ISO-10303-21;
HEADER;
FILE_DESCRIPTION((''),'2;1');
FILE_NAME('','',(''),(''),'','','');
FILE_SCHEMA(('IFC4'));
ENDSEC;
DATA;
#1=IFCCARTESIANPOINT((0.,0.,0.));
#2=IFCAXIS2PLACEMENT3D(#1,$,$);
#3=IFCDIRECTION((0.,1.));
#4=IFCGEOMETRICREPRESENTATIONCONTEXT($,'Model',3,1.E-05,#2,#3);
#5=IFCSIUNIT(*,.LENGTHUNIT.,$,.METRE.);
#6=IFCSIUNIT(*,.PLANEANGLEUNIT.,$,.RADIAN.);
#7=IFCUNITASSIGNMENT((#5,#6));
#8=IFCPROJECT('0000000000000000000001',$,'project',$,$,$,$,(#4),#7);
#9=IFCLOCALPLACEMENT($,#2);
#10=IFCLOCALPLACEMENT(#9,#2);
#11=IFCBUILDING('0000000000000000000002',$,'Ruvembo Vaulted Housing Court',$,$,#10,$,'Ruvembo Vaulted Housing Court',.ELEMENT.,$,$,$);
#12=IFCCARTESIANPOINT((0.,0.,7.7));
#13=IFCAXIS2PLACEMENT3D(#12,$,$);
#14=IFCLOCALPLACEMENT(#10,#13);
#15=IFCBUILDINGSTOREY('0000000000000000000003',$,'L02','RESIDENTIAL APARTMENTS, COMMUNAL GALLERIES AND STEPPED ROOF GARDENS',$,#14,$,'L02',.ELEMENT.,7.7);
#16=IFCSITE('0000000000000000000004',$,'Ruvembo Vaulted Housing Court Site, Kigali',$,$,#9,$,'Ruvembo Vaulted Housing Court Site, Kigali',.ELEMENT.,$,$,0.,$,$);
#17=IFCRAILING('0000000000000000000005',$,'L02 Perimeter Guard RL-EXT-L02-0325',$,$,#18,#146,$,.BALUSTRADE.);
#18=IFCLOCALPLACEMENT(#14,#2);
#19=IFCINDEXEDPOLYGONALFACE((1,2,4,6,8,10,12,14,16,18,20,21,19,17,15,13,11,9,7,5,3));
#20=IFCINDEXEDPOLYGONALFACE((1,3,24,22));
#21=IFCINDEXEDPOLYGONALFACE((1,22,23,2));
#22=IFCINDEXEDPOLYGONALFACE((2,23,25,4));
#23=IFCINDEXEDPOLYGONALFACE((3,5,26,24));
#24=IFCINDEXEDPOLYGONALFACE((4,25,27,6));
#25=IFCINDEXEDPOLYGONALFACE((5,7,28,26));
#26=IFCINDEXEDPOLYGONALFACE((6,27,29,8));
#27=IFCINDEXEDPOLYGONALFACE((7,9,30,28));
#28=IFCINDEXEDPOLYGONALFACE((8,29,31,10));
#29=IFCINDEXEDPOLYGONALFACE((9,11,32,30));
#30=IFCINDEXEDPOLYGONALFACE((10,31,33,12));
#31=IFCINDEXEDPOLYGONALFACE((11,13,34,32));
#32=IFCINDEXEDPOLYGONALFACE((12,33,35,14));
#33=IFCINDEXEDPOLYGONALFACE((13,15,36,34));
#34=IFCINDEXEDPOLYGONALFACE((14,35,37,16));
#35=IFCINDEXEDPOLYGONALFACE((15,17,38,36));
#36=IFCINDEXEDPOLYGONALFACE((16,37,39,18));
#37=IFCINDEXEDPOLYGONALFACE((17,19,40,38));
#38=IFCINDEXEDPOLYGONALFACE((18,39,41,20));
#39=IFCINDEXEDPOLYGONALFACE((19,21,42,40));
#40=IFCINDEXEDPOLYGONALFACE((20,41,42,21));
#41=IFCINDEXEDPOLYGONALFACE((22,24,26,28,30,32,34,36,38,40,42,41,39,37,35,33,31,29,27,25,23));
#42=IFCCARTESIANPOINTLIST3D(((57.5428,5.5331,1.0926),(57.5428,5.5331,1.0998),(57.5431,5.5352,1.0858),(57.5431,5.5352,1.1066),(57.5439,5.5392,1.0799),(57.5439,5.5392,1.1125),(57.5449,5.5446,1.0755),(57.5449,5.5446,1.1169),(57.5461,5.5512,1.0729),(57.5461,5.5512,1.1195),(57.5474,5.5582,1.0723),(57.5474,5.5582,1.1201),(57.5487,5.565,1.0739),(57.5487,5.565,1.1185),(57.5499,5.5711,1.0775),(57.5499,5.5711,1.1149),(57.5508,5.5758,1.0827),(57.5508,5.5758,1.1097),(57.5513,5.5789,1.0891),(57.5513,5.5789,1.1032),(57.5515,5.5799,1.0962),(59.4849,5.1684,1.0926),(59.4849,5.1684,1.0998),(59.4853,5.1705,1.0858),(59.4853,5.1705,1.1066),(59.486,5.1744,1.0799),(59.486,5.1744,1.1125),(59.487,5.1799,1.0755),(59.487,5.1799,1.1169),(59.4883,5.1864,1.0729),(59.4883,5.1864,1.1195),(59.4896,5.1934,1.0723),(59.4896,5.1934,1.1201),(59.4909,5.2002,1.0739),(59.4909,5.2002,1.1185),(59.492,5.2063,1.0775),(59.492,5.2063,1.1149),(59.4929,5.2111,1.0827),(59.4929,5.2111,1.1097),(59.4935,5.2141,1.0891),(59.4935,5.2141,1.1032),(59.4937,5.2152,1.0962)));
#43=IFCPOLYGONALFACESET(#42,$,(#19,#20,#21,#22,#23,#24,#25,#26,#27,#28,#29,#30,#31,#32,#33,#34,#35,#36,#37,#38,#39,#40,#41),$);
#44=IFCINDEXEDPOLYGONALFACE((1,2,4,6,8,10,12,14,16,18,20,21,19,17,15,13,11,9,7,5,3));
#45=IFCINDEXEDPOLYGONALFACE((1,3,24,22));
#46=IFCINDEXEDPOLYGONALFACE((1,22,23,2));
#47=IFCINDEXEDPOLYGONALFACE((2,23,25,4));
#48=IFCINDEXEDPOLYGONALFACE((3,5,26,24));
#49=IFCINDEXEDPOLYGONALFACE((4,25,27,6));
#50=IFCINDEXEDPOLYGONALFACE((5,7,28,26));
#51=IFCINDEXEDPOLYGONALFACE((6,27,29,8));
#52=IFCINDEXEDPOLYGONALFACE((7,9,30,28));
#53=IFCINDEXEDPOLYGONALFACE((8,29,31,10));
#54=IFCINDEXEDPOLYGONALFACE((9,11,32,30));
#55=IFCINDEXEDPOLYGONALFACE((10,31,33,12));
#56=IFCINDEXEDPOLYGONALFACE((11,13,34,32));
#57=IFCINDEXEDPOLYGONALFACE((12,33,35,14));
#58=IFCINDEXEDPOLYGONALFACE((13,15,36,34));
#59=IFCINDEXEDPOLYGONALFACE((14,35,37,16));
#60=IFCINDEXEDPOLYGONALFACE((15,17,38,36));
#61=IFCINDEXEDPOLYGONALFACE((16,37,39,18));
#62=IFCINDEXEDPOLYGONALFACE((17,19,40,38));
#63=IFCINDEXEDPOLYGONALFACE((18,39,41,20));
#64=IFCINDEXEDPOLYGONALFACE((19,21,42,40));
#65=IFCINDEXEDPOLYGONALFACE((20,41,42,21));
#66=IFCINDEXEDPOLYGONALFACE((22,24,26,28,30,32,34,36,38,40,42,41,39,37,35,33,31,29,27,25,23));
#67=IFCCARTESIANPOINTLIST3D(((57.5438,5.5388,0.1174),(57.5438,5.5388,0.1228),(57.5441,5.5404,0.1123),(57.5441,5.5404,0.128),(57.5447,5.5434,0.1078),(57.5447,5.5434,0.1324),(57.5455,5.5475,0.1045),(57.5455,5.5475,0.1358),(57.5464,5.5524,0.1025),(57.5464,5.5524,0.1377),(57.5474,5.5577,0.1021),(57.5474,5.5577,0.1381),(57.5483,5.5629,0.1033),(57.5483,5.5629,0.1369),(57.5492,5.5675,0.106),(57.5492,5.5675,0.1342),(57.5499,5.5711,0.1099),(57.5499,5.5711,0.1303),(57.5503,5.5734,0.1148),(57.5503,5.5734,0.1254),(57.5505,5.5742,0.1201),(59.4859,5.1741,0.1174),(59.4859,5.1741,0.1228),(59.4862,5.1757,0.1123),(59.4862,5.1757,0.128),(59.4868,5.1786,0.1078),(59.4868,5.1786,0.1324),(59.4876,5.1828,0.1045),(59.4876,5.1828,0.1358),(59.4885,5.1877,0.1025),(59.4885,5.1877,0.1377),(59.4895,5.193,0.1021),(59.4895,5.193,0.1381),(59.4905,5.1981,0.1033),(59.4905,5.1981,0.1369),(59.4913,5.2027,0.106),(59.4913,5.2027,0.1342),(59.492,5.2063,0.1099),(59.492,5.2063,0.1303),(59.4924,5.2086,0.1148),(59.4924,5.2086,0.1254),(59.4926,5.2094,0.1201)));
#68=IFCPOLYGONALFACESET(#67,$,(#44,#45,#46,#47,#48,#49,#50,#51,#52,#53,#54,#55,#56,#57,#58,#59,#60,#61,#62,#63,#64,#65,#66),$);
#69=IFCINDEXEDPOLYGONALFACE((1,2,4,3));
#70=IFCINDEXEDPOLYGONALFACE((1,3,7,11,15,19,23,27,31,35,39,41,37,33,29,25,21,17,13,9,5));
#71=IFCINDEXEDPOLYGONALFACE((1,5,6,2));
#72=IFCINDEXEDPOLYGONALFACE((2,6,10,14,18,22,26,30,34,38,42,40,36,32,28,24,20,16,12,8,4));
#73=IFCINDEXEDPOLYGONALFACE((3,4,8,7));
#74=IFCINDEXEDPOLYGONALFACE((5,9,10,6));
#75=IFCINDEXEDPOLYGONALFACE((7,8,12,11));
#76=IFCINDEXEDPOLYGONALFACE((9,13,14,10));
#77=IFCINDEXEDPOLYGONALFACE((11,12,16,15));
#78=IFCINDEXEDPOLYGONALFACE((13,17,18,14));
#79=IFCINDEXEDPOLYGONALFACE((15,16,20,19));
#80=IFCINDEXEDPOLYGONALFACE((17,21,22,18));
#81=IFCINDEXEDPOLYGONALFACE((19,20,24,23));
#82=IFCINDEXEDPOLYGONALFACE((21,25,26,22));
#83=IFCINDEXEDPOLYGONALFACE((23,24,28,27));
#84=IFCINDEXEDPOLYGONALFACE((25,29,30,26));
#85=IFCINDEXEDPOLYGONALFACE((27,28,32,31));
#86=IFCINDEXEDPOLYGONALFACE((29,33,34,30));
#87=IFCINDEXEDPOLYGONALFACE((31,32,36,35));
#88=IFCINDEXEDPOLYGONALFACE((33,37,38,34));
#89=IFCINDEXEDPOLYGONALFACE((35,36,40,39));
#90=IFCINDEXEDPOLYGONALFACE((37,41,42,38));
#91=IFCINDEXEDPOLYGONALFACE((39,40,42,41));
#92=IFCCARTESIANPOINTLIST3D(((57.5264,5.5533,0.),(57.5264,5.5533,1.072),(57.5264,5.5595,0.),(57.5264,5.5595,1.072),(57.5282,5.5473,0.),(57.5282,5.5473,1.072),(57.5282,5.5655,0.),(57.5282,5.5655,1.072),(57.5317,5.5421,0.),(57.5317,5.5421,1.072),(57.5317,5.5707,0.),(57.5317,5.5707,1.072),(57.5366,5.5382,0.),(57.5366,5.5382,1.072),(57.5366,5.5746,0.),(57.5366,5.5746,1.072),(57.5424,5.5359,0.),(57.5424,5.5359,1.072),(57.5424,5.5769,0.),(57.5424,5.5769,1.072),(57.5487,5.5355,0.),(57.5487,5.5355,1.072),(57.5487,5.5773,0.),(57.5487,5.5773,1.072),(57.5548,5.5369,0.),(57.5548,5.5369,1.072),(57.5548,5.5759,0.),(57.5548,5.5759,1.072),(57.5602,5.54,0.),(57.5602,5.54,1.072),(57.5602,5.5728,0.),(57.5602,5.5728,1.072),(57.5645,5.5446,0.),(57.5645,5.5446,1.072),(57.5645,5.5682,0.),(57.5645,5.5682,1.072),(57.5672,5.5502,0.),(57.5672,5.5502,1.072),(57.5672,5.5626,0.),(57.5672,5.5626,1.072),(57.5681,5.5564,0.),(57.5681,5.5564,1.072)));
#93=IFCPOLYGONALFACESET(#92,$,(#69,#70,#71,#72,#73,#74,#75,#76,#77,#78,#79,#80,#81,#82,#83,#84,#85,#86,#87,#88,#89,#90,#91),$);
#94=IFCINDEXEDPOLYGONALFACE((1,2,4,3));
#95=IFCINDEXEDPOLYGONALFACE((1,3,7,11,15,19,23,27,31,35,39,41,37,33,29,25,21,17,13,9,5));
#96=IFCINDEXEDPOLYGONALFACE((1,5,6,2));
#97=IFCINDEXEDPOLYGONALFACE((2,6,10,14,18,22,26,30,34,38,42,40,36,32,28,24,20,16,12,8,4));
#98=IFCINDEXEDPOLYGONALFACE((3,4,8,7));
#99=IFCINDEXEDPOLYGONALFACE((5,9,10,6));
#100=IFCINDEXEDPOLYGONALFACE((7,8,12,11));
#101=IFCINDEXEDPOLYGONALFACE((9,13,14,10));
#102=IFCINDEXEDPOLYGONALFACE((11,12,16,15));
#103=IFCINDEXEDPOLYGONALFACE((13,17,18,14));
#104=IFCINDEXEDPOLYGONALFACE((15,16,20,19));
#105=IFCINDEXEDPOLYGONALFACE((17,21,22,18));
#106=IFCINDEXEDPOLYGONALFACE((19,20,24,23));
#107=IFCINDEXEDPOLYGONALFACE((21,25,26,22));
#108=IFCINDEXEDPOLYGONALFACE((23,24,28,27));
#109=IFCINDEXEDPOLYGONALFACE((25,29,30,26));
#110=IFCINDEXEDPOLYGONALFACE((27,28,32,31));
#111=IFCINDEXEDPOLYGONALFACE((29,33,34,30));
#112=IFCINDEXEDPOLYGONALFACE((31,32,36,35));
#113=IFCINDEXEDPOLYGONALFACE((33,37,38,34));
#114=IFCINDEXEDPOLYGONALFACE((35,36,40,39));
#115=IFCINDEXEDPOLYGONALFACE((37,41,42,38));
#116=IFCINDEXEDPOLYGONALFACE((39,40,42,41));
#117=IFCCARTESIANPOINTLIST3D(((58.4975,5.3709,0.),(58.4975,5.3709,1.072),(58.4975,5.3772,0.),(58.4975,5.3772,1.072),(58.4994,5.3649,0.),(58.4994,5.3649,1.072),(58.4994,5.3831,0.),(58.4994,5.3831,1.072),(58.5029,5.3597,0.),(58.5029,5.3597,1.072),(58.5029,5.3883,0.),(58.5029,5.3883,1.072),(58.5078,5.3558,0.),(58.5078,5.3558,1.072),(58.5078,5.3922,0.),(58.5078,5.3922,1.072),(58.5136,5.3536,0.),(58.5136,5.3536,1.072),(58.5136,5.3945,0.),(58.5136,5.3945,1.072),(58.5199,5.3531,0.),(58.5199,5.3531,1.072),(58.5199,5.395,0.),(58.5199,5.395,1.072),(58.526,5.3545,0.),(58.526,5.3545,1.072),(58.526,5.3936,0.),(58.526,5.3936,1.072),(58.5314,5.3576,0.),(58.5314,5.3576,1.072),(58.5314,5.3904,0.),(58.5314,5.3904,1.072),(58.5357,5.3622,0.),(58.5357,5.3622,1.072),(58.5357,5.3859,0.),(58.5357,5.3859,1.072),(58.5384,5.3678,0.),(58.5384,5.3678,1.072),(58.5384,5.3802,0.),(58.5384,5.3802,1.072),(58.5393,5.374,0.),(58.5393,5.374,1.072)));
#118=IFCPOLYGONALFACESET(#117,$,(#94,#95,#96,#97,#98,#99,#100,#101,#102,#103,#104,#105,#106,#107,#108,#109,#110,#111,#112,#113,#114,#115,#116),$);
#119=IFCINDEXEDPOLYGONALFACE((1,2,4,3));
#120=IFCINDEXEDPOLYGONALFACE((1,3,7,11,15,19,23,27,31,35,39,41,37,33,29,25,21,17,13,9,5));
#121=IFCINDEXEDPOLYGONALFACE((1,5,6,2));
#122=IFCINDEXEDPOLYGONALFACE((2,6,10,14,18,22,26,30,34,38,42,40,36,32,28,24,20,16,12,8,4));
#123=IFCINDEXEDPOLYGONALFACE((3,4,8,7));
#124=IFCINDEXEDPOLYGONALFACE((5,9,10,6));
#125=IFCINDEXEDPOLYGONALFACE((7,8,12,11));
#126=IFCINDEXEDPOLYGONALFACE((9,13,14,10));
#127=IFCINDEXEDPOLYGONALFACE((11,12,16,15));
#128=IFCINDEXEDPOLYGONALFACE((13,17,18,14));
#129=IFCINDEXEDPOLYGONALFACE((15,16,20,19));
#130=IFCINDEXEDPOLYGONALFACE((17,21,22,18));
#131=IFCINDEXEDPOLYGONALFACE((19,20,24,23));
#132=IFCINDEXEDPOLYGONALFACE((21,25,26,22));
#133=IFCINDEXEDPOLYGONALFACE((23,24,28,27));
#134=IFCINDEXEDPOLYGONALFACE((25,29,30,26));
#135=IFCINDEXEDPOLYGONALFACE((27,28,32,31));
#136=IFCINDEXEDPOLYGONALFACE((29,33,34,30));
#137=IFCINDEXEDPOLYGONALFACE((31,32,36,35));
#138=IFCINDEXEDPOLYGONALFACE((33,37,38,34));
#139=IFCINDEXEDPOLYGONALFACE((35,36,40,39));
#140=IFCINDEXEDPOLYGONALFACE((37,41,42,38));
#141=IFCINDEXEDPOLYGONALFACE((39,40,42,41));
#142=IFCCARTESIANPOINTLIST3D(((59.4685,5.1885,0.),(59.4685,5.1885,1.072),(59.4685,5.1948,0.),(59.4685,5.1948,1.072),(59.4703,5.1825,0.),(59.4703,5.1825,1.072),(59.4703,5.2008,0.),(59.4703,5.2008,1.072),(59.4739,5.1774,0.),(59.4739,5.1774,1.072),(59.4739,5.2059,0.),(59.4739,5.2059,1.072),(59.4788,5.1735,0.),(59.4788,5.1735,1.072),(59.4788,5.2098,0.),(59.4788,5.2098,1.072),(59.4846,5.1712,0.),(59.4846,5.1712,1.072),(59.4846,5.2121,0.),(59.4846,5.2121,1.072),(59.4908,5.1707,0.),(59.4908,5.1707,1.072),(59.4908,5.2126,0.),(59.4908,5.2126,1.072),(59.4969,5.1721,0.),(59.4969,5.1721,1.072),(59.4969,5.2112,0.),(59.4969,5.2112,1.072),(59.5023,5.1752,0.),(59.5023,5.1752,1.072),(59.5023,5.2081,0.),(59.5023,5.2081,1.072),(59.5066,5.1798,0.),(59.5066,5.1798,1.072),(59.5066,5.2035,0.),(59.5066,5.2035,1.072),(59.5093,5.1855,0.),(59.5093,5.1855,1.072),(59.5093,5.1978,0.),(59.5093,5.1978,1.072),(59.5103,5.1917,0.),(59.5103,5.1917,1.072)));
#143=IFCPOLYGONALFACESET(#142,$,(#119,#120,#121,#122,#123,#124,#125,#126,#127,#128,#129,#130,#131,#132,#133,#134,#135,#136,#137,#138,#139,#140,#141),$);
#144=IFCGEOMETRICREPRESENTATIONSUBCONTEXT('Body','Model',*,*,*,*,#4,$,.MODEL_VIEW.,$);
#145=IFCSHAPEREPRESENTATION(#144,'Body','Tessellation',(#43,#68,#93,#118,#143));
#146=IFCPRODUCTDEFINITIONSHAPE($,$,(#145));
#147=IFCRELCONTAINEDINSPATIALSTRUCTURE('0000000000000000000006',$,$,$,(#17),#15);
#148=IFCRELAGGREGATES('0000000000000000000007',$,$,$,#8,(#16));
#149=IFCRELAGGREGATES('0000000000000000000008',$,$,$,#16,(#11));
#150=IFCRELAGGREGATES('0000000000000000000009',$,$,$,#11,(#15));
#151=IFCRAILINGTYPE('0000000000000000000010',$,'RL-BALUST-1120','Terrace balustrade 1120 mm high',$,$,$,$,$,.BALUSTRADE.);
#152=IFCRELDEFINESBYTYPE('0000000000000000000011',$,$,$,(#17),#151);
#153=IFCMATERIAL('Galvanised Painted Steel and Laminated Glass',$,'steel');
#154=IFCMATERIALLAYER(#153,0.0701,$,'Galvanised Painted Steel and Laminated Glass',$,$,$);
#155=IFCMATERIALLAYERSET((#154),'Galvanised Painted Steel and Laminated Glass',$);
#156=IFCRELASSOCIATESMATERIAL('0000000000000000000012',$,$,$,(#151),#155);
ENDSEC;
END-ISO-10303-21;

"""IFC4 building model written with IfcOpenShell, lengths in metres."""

from ifc_helpers import new_model, si_unit, direction, frame, origin, origin_2d, place, context, subcontext, project, spatial, circle, extrude, material, layer, layer_set, type_object, element, save


model = new_model("IFC4")

# Units and contexts
model_context = context("Model", 3, precision=1e-05, world=origin(), true_north=direction((0.0, 1.0)))
body_context = subcontext(model_context, "Body", "Model", "MODEL_VIEW")
ifc_project = project(units=[si_unit("LENGTHUNIT", "METRE"), si_unit("PLANEANGLEUNIT", "RADIAN")], contexts=[model_context])

# Site, building, storey
site_placement = place(None, origin())
site = spatial("IfcSite", under=ifc_project, at=site_placement, Name="Ruvembo Vaulted Housing Court Site, Kigali", LongName="Ruvembo Vaulted Housing Court Site, Kigali", CompositionType="ELEMENT", RefElevation=0.0)
building_placement = place(site_placement, origin())
building = spatial("IfcBuilding", under=site, at=building_placement, Name="Ruvembo Vaulted Housing Court", LongName="Ruvembo Vaulted Housing Court", CompositionType="ELEMENT")
storey_placement = place(building_placement, frame((0.0, 0.0, 7.7)))
storey = spatial("IfcBuildingStorey", under=building, at=storey_placement, Name="L02", Description="RESIDENTIAL APARTMENTS, COMMUNAL GALLERIES AND STEPPED ROOF GARDENS", LongName="L02", CompositionType="ELEMENT", Elevation=7.7)

# Railing
ifc_material_1 = material(Name="Galvanised Painted Steel and Laminated Glass", Category="steel")
ifc_layer_1 = layer(ifc_material_1, 0.0701, Name="Galvanised Painted Steel and Laminated Glass")
ifc_layer_set_1 = layer_set([ifc_layer_1], Name="Galvanised Painted Steel and Laminated Glass")
railing_type = type_object("IfcRailingType", Name="RL-BALUST-1120", Description="Terrace balustrade 1120 mm high", PredefinedType="BALUSTRADE", material=ifc_layer_set_1)
railing_1_placement = place(storey_placement, frame((57.5471, 5.5564, 0.0)))
element("IfcRailing", 1, at=railing_1_placement, inside=storey, type_object=railing_type, Name="L02 Perimeter Guard RL-EXT-L02-0325", PredefinedType="BALUSTRADE", context=body_context, shape_type="SweptSolid", body=[
    extrude(circle(Radius=0.0239, at=origin_2d()), frame((0.0, 0.0, 1.0962), z_axis=(0.982818, -0.184579, 0.0), x_axis=(0.184579, 0.982818, 0.0)), (0.0, 0.0, 1.0), 1.9761),
    extrude(circle(Radius=0.0181, at=origin_2d()), frame((0.0, 0.0, 0.1201), z_axis=(0.982818, -0.184579, 0.0), x_axis=(0.184579, 0.982818, 0.0)), (0.0, 0.0, 1.0), 1.9761),
    extrude(circle(Radius=0.021, at=origin_2d()), origin(), (0.0, 0.0, 1.0), 1.072),
    extrude(circle(Radius=0.021, at=origin_2d()), frame((0.9712, -0.1824, 0.0)), (0.0, 0.0, 1.0), 1.072),
    extrude(circle(Radius=0.021, at=origin_2d()), frame((1.9421, -0.3647, 0.0)), (0.0, 0.0, 1.0), 1.072),
])

save(model, "model.ifc")
